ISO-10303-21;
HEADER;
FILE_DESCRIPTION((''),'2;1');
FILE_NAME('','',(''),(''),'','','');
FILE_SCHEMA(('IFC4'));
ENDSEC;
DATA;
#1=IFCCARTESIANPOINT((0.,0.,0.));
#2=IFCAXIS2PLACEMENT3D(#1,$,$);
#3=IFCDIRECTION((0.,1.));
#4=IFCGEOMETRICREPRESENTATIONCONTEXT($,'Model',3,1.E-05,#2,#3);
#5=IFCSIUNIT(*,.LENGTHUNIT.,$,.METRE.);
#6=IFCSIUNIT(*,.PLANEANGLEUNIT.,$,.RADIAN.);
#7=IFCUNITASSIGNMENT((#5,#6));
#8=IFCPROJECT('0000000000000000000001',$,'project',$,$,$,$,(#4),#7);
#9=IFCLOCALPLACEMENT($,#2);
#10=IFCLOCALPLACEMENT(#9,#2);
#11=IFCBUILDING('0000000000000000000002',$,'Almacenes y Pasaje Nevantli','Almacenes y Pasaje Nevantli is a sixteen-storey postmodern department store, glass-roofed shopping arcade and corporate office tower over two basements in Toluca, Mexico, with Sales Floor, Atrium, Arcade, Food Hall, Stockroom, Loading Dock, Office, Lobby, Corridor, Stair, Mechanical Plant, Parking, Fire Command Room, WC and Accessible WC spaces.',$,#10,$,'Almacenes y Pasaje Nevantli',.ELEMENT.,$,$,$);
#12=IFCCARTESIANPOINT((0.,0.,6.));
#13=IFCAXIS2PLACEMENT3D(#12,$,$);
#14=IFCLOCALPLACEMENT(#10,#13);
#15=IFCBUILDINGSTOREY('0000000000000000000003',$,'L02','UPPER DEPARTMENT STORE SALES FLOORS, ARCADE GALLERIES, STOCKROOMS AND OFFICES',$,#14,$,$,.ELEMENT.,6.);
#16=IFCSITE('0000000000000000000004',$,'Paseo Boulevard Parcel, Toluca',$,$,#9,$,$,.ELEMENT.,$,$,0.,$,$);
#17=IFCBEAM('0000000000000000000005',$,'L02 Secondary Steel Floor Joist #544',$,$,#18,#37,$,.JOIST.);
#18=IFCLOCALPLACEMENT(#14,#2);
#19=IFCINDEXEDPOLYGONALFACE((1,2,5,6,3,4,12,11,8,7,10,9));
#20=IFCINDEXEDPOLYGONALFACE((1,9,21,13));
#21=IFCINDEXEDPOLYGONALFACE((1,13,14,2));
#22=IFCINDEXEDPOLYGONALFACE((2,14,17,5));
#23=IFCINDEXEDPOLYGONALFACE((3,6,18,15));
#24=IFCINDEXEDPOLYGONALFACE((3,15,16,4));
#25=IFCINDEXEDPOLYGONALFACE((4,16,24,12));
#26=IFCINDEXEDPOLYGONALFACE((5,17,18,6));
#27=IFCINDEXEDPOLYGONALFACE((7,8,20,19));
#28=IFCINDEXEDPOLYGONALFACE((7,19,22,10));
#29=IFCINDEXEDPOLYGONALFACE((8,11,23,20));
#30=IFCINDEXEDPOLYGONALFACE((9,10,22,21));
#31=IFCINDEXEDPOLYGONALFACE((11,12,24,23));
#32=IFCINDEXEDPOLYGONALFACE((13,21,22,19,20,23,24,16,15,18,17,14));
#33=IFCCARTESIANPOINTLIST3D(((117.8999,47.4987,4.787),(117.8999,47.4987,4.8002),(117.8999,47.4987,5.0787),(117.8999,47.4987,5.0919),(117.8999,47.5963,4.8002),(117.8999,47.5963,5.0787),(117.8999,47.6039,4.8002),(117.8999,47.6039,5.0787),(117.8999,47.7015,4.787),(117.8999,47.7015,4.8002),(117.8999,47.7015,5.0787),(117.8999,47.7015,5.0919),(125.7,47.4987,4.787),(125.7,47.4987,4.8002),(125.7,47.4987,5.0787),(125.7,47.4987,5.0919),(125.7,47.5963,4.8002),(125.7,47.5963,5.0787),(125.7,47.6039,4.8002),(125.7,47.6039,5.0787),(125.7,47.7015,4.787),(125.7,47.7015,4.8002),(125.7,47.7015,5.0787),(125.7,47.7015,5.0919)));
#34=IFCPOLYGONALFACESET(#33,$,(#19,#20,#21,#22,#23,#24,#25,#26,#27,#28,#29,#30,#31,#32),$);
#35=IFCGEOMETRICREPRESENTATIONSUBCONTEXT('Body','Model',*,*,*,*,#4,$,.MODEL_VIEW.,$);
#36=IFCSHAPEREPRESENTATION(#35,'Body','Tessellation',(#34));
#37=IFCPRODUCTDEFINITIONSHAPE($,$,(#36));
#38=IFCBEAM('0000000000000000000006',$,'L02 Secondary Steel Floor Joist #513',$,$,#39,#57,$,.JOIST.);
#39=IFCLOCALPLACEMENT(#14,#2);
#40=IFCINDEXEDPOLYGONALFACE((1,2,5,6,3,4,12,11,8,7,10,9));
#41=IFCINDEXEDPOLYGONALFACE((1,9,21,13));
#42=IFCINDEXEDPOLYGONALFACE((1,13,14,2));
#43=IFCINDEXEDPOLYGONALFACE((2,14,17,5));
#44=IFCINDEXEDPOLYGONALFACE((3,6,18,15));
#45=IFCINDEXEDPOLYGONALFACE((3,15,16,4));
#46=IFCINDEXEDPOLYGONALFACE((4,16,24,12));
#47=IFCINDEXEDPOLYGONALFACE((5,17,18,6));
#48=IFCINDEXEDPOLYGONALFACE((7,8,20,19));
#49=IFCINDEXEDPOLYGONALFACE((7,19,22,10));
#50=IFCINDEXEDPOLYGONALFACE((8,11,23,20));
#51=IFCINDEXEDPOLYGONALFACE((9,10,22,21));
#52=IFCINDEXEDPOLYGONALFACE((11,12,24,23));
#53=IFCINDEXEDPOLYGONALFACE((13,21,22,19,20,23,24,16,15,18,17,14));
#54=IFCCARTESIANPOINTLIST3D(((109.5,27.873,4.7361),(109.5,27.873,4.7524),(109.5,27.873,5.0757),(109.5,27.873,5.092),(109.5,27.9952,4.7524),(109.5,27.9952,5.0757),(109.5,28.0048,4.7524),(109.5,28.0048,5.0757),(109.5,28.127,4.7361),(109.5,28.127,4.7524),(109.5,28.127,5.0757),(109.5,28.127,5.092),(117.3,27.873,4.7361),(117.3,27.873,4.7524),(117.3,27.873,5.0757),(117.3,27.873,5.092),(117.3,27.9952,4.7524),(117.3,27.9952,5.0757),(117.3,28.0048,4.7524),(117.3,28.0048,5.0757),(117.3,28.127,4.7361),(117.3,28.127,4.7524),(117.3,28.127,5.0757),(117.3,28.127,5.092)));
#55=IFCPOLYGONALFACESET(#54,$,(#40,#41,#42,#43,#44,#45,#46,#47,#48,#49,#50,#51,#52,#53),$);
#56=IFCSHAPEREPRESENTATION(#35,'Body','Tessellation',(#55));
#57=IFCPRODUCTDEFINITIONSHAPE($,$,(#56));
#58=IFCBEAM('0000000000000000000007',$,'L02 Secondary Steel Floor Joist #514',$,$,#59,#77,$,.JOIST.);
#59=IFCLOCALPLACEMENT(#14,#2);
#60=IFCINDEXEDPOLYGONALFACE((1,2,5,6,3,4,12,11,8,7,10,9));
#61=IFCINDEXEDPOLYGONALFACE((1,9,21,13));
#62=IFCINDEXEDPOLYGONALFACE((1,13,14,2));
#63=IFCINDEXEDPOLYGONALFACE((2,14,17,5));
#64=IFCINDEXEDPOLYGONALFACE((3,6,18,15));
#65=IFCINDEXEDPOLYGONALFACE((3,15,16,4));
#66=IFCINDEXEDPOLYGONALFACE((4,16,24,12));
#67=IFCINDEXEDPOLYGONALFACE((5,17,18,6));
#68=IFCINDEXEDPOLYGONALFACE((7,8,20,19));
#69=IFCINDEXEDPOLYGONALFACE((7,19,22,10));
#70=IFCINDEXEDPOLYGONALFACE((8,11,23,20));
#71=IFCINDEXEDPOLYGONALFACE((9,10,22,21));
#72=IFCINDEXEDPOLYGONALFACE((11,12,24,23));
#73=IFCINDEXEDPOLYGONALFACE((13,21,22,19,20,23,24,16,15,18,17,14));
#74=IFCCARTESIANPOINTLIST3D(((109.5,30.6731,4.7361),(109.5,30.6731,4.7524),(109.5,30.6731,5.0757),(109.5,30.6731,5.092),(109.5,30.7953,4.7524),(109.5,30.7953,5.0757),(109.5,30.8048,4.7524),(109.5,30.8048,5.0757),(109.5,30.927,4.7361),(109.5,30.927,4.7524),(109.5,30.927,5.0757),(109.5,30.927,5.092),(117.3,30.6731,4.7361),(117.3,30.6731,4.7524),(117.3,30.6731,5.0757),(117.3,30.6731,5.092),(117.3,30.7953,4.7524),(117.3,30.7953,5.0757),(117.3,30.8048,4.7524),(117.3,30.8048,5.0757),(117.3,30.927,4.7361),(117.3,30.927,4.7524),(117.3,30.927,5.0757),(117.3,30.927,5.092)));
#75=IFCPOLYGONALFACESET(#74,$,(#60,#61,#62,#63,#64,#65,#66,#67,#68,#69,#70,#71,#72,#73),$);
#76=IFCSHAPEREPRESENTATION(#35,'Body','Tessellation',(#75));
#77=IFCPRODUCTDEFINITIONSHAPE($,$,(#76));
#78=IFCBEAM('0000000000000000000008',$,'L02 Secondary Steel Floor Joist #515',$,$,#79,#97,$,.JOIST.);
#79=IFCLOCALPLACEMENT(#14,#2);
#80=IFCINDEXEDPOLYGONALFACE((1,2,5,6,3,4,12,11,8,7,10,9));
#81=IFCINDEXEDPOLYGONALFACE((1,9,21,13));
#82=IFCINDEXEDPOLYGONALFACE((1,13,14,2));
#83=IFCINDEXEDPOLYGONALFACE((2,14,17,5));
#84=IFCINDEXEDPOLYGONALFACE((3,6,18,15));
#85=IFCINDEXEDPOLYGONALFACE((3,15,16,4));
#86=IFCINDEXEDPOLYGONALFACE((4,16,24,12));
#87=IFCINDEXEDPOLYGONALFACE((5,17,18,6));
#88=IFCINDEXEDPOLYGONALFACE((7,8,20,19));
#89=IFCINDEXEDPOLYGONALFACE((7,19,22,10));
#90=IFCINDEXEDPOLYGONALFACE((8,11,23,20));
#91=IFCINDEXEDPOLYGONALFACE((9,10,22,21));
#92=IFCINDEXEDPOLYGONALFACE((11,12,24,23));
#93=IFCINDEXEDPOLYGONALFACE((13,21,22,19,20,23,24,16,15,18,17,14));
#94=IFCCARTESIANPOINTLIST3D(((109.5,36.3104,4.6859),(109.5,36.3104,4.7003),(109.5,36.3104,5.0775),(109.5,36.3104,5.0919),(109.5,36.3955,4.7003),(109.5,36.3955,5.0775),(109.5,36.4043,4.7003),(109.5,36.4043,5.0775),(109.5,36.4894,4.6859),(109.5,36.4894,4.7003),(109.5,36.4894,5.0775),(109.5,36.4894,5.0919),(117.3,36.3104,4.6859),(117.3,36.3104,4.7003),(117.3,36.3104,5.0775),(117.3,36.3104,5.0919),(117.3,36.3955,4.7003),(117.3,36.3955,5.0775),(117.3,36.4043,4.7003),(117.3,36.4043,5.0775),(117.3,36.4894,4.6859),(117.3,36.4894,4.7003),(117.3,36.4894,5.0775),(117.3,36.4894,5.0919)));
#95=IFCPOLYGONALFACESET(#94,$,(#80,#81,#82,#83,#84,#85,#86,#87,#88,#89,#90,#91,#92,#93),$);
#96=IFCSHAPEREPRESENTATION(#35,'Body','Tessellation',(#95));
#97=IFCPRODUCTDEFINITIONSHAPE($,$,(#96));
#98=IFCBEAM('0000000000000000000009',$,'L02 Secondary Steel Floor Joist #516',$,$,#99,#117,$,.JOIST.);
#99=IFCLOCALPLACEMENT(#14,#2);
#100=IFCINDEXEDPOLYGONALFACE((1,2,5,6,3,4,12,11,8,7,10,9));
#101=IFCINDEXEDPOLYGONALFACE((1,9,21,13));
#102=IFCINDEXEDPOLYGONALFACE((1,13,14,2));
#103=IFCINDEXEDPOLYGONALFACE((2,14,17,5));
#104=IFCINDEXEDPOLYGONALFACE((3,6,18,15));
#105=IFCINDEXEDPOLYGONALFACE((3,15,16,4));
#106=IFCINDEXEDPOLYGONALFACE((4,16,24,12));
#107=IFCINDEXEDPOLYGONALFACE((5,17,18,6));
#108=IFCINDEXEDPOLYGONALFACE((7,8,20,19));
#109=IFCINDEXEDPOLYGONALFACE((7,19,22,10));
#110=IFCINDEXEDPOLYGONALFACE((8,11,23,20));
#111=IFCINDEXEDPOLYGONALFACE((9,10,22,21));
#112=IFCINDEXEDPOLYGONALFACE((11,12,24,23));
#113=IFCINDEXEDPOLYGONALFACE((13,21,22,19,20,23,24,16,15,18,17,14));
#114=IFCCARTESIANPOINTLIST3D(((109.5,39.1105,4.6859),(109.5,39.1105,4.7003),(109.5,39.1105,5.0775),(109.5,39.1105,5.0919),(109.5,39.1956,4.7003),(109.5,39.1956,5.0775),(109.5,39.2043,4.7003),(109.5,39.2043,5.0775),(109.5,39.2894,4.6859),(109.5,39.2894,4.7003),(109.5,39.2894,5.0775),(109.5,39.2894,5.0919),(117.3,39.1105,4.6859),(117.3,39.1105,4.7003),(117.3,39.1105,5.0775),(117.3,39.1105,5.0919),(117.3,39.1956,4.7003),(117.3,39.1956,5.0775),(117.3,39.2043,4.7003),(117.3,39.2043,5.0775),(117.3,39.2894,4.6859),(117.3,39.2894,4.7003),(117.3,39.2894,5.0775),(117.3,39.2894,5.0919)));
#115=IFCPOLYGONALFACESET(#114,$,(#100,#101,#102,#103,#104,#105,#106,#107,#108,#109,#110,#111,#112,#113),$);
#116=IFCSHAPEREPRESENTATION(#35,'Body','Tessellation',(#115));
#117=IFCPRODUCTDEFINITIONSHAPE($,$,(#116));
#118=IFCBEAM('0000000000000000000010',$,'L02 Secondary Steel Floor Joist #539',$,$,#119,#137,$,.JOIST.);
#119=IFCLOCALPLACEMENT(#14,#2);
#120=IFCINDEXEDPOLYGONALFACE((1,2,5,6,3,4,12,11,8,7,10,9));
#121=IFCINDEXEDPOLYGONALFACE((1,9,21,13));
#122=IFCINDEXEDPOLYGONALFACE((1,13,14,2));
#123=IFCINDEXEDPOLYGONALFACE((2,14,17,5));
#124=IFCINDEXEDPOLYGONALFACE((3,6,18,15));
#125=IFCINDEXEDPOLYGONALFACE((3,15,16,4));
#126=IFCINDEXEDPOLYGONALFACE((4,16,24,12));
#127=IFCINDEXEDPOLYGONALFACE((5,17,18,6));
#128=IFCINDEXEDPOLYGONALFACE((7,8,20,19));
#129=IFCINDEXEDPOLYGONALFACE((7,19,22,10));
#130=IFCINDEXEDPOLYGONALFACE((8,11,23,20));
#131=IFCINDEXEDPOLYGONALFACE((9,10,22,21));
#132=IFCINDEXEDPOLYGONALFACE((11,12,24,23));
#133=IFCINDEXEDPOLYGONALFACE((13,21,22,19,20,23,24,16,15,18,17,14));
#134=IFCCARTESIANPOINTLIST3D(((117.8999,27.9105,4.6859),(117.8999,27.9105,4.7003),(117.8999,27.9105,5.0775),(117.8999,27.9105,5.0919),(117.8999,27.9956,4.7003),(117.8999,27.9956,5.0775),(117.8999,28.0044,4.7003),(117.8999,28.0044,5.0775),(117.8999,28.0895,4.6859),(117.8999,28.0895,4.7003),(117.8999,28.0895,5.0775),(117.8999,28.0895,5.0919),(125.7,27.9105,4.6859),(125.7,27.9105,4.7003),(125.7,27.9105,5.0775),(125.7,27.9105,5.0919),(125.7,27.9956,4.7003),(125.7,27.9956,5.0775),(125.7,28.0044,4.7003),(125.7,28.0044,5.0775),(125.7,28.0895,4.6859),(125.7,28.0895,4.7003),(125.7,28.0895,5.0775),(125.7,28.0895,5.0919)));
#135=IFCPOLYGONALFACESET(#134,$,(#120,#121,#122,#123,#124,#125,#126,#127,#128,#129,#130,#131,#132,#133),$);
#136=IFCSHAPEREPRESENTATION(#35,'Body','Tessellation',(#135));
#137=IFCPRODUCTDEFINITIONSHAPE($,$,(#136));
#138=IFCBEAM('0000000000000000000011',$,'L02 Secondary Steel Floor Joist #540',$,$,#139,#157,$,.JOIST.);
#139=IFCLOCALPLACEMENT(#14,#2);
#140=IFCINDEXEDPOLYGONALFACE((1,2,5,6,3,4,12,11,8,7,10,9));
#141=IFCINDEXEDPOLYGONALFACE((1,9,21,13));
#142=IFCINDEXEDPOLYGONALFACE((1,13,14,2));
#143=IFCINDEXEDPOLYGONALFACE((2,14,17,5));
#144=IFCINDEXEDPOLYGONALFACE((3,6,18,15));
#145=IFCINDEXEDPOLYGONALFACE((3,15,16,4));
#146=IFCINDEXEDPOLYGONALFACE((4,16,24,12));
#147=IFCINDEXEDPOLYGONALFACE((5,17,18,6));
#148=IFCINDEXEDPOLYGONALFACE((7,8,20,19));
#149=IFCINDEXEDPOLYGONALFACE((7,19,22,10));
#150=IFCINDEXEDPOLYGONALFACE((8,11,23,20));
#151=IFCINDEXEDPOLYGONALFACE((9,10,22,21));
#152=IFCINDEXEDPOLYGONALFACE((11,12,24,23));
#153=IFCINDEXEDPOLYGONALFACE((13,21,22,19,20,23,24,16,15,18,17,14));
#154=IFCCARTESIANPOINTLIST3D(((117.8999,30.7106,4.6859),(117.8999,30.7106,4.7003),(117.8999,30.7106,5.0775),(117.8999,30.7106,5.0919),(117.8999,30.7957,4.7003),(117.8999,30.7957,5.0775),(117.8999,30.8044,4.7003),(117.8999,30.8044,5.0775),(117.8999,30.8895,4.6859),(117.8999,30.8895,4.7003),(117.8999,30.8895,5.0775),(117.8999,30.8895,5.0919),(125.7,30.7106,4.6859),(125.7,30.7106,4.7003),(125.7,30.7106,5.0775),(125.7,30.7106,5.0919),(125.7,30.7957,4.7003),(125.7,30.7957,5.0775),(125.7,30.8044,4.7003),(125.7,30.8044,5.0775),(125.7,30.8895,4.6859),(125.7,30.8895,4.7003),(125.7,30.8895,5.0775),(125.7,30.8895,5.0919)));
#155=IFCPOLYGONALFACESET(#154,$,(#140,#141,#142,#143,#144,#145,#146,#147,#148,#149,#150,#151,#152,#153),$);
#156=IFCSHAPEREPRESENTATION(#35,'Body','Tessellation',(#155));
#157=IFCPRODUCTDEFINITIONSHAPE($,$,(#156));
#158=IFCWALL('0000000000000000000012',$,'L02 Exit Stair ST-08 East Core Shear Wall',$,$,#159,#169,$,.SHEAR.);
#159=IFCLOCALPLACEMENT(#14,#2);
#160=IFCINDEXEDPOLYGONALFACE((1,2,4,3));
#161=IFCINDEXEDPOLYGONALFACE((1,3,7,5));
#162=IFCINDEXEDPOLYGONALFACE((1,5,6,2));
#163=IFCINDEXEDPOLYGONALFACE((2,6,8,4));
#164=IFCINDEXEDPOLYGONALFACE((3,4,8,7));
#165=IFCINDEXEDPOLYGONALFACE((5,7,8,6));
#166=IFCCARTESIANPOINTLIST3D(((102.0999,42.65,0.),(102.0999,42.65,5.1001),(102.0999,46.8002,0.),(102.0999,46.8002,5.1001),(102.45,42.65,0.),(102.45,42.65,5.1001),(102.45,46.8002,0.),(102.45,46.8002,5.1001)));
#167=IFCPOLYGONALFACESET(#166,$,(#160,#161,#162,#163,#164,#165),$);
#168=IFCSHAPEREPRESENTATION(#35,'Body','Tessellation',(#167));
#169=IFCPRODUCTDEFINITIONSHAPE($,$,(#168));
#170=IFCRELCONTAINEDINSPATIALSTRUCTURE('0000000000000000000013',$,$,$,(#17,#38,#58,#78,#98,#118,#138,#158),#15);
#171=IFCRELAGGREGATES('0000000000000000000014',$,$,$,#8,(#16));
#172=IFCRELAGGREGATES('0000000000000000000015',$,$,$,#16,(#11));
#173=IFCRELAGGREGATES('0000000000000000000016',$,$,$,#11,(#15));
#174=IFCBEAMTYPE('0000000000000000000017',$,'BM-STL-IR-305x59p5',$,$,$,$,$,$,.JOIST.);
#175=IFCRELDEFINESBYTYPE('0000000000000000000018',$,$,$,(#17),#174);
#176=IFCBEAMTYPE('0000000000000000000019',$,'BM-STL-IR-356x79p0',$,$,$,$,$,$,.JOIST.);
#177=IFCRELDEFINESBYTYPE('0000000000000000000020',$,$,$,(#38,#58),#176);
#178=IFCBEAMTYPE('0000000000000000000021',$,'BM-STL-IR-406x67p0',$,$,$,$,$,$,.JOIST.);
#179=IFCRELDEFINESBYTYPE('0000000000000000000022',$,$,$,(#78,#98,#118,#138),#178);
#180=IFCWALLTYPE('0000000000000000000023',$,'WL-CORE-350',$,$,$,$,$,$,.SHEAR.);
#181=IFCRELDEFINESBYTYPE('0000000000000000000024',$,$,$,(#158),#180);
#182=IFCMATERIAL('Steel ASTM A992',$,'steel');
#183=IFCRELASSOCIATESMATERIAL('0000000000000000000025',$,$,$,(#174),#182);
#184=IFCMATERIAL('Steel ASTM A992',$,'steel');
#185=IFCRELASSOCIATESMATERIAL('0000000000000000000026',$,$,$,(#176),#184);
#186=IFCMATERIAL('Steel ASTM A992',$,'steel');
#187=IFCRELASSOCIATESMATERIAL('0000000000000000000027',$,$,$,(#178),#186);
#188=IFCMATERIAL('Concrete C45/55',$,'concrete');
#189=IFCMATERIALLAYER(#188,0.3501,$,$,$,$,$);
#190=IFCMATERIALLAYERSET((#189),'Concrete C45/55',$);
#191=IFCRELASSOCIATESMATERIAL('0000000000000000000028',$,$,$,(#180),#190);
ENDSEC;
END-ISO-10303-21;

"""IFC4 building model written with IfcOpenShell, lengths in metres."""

from ifc_helpers import new_model, si_unit, direction, frame, frame_2d, origin, origin_2d, place, context, subcontext, project, spatial, rectangle, i_section, extrude, material, layer, layer_set, material_profile, profile_set, type_object, element, save


model = new_model("IFC4")

# Units and contexts
model_context = context("Model", 3, precision=1e-05, world=origin(), true_north=direction((0.0, 1.0)))
body_context = subcontext(model_context, "Body", "Model", "MODEL_VIEW")
ifc_project = project(units=[si_unit("LENGTHUNIT", "METRE"), si_unit("PLANEANGLEUNIT", "RADIAN")], contexts=[model_context])

# Site, building, storey
site_placement = place(None, origin())
site = spatial("IfcSite", under=ifc_project, at=site_placement, Name="Paseo Boulevard Parcel, Toluca", CompositionType="ELEMENT", RefElevation=0.0)
building_placement = place(site_placement, origin())
building = spatial("IfcBuilding", under=site, at=building_placement, Name="Almacenes y Pasaje Nevantli", Description="Almacenes y Pasaje Nevantli is a sixteen-storey postmodern department store, glass-roofed shopping arcade and corporate office tower over two basements in Toluca, Mexico, with Sales Floor, Atrium, Arcade, Food Hall, Stockroom, Loading Dock, Office, Lobby, Corridor, Stair, Mechanical Plant, Parking, Fire Command Room, WC and Accessible WC spaces.", LongName="Almacenes y Pasaje Nevantli", CompositionType="ELEMENT")
storey_placement = place(building_placement, frame((0.0, 0.0, 6.0)))
storey = spatial("IfcBuildingStorey", under=building, at=storey_placement, Name="L02", Description="UPPER DEPARTMENT STORE SALES FLOORS, ARCADE GALLERIES, STOCKROOMS AND OFFICES", CompositionType="ELEMENT", Elevation=6.0)

# Beams
ifc_material_1 = material(Name="Steel ASTM A992", Category="steel")
ifc_material_profile_1 = material_profile(ifc_material_1, i_section(OverallWidth=0.2029, OverallDepth=0.3049, WebThickness=0.0076, FlangeThickness=0.0132, at=origin_2d()), Name="IR 305x59.5")
ifc_profile_set_1 = profile_set([ifc_material_profile_1], Name="Steel ASTM A992")
beam_type_1 = type_object("IfcBeamType", Name="BM-STL-IR-305x59p5", PredefinedType="JOIST", material=ifc_profile_set_1)
for number, where, z_axis, x_axis, name in (
    (1, (117.8999, 47.6001, 4.9395), (1.0, 0.0, 0.0), (0.0, 1.0, 0.0), "L02 Secondary Steel Floor Joist #544"),
):
    element("IfcBeam", number, at=place(storey_placement, frame(where, z_axis=z_axis, x_axis=x_axis)), inside=storey, type_object=beam_type_1, Name=name, PredefinedType="JOIST", context=body_context, shape_type="SweptSolid", body=[
        extrude(i_section(OverallWidth=0.2029, OverallDepth=0.3049, WebThickness=0.0076, FlangeThickness=0.0132, at=origin_2d()), origin(), (0.0, 0.0, 1.0), 7.8),
    ])
ifc_material_2 = material(Name="Steel ASTM A992", Category="steel")
ifc_material_profile_2 = material_profile(ifc_material_2, i_section(OverallWidth=0.2539, OverallDepth=0.356, WebThickness=0.0095, FlangeThickness=0.0164, at=origin_2d()), Name="IR 356x79.0")
ifc_profile_set_2 = profile_set([ifc_material_profile_2], Name="Steel ASTM A992")
beam_type_2 = type_object("IfcBeamType", Name="BM-STL-IR-356x79p0", PredefinedType="JOIST", material=ifc_profile_set_2)
for number, where, z_axis, x_axis, name in (
    (2, (109.5, 28.0, 4.9141), (1.0, 0.0, 0.0), (0.0, 1.0, 0.0), "L02 Secondary Steel Floor Joist #513"),
    (3, (109.5, 30.8, 4.9141), (1.0, 0.0, 0.0), (0.0, 1.0, 0.0), "L02 Secondary Steel Floor Joist #514"),
):
    element("IfcBeam", number, at=place(storey_placement, frame(where, z_axis=z_axis, x_axis=x_axis)), inside=storey, type_object=beam_type_2, Name=name, PredefinedType="JOIST", context=body_context, shape_type="SweptSolid", body=[
        extrude(i_section(OverallWidth=0.2539, OverallDepth=0.356, WebThickness=0.0095, FlangeThickness=0.0164, at=origin_2d()), origin(), (0.0, 0.0, 1.0), 7.8),
    ])
ifc_material_3 = material(Name="Steel ASTM A992", Category="steel")
ifc_material_profile_3 = material_profile(ifc_material_3, i_section(OverallWidth=0.179, OverallDepth=0.406, WebThickness=0.0088, FlangeThickness=0.0144, at=origin_2d()), Name="IR 406x67.0")
ifc_profile_set_3 = profile_set([ifc_material_profile_3], Name="Steel ASTM A992")
beam_type_3 = type_object("IfcBeamType", Name="BM-STL-IR-406x67p0", PredefinedType="JOIST", material=ifc_profile_set_3)
for number, where, z_axis, x_axis, name in (
    (4, (109.5, 36.3999, 4.8889), (1.0, 0.0, 0.0), (0.0, 1.0, 0.0), "L02 Secondary Steel Floor Joist #515"),
    (5, (109.5, 39.2, 4.8889), (1.0, 0.0, 0.0), (0.0, 1.0, 0.0), "L02 Secondary Steel Floor Joist #516"),
    (6, (117.8999, 28.0, 4.8889), (1.0, 0.0, 0.0), (0.0, 1.0, 0.0), "L02 Secondary Steel Floor Joist #539"),
    (7, (117.8999, 30.8, 4.8889), (1.0, 0.0, 0.0), (0.0, 1.0, 0.0), "L02 Secondary Steel Floor Joist #540"),
):
    element("IfcBeam", number, at=place(storey_placement, frame(where, z_axis=z_axis, x_axis=x_axis)), inside=storey, type_object=beam_type_3, Name=name, PredefinedType="JOIST", context=body_context, shape_type="SweptSolid", body=[
        extrude(i_section(OverallWidth=0.179, OverallDepth=0.406, WebThickness=0.0088, FlangeThickness=0.0144, at=origin_2d()), origin(), (0.0, 0.0, 1.0), 7.8),
    ])

# Wall
ifc_material_4 = material(Name="Concrete C45/55", Category="concrete")
ifc_layer = layer(ifc_material_4, 0.3501)
ifc_layer_set = layer_set([ifc_layer], Name="Concrete C45/55")
wall_type = type_object("IfcWallType", Name="WL-CORE-350", PredefinedType="SHEAR", material=ifc_layer_set)
wall_placement = place(storey_placement, frame((102.2749, 42.6499, 0.0), z_axis=(0.0, 0.0, 1.0), x_axis=(0.0, 1.0, 0.0)))
element("IfcWall", 8, at=wall_placement, inside=storey, type_object=wall_type, Name="L02 Exit Stair ST-08 East Core Shear Wall", PredefinedType="SHEAR", context=body_context, shape_type="SweptSolid", body=[
    extrude(rectangle(XDim=4.1501, YDim=0.3501, at=frame_2d((2.0752, 0.0))), origin(), (0.0, 0.0, 1.0), 5.1001),
])

save(model, "model.ifc")
